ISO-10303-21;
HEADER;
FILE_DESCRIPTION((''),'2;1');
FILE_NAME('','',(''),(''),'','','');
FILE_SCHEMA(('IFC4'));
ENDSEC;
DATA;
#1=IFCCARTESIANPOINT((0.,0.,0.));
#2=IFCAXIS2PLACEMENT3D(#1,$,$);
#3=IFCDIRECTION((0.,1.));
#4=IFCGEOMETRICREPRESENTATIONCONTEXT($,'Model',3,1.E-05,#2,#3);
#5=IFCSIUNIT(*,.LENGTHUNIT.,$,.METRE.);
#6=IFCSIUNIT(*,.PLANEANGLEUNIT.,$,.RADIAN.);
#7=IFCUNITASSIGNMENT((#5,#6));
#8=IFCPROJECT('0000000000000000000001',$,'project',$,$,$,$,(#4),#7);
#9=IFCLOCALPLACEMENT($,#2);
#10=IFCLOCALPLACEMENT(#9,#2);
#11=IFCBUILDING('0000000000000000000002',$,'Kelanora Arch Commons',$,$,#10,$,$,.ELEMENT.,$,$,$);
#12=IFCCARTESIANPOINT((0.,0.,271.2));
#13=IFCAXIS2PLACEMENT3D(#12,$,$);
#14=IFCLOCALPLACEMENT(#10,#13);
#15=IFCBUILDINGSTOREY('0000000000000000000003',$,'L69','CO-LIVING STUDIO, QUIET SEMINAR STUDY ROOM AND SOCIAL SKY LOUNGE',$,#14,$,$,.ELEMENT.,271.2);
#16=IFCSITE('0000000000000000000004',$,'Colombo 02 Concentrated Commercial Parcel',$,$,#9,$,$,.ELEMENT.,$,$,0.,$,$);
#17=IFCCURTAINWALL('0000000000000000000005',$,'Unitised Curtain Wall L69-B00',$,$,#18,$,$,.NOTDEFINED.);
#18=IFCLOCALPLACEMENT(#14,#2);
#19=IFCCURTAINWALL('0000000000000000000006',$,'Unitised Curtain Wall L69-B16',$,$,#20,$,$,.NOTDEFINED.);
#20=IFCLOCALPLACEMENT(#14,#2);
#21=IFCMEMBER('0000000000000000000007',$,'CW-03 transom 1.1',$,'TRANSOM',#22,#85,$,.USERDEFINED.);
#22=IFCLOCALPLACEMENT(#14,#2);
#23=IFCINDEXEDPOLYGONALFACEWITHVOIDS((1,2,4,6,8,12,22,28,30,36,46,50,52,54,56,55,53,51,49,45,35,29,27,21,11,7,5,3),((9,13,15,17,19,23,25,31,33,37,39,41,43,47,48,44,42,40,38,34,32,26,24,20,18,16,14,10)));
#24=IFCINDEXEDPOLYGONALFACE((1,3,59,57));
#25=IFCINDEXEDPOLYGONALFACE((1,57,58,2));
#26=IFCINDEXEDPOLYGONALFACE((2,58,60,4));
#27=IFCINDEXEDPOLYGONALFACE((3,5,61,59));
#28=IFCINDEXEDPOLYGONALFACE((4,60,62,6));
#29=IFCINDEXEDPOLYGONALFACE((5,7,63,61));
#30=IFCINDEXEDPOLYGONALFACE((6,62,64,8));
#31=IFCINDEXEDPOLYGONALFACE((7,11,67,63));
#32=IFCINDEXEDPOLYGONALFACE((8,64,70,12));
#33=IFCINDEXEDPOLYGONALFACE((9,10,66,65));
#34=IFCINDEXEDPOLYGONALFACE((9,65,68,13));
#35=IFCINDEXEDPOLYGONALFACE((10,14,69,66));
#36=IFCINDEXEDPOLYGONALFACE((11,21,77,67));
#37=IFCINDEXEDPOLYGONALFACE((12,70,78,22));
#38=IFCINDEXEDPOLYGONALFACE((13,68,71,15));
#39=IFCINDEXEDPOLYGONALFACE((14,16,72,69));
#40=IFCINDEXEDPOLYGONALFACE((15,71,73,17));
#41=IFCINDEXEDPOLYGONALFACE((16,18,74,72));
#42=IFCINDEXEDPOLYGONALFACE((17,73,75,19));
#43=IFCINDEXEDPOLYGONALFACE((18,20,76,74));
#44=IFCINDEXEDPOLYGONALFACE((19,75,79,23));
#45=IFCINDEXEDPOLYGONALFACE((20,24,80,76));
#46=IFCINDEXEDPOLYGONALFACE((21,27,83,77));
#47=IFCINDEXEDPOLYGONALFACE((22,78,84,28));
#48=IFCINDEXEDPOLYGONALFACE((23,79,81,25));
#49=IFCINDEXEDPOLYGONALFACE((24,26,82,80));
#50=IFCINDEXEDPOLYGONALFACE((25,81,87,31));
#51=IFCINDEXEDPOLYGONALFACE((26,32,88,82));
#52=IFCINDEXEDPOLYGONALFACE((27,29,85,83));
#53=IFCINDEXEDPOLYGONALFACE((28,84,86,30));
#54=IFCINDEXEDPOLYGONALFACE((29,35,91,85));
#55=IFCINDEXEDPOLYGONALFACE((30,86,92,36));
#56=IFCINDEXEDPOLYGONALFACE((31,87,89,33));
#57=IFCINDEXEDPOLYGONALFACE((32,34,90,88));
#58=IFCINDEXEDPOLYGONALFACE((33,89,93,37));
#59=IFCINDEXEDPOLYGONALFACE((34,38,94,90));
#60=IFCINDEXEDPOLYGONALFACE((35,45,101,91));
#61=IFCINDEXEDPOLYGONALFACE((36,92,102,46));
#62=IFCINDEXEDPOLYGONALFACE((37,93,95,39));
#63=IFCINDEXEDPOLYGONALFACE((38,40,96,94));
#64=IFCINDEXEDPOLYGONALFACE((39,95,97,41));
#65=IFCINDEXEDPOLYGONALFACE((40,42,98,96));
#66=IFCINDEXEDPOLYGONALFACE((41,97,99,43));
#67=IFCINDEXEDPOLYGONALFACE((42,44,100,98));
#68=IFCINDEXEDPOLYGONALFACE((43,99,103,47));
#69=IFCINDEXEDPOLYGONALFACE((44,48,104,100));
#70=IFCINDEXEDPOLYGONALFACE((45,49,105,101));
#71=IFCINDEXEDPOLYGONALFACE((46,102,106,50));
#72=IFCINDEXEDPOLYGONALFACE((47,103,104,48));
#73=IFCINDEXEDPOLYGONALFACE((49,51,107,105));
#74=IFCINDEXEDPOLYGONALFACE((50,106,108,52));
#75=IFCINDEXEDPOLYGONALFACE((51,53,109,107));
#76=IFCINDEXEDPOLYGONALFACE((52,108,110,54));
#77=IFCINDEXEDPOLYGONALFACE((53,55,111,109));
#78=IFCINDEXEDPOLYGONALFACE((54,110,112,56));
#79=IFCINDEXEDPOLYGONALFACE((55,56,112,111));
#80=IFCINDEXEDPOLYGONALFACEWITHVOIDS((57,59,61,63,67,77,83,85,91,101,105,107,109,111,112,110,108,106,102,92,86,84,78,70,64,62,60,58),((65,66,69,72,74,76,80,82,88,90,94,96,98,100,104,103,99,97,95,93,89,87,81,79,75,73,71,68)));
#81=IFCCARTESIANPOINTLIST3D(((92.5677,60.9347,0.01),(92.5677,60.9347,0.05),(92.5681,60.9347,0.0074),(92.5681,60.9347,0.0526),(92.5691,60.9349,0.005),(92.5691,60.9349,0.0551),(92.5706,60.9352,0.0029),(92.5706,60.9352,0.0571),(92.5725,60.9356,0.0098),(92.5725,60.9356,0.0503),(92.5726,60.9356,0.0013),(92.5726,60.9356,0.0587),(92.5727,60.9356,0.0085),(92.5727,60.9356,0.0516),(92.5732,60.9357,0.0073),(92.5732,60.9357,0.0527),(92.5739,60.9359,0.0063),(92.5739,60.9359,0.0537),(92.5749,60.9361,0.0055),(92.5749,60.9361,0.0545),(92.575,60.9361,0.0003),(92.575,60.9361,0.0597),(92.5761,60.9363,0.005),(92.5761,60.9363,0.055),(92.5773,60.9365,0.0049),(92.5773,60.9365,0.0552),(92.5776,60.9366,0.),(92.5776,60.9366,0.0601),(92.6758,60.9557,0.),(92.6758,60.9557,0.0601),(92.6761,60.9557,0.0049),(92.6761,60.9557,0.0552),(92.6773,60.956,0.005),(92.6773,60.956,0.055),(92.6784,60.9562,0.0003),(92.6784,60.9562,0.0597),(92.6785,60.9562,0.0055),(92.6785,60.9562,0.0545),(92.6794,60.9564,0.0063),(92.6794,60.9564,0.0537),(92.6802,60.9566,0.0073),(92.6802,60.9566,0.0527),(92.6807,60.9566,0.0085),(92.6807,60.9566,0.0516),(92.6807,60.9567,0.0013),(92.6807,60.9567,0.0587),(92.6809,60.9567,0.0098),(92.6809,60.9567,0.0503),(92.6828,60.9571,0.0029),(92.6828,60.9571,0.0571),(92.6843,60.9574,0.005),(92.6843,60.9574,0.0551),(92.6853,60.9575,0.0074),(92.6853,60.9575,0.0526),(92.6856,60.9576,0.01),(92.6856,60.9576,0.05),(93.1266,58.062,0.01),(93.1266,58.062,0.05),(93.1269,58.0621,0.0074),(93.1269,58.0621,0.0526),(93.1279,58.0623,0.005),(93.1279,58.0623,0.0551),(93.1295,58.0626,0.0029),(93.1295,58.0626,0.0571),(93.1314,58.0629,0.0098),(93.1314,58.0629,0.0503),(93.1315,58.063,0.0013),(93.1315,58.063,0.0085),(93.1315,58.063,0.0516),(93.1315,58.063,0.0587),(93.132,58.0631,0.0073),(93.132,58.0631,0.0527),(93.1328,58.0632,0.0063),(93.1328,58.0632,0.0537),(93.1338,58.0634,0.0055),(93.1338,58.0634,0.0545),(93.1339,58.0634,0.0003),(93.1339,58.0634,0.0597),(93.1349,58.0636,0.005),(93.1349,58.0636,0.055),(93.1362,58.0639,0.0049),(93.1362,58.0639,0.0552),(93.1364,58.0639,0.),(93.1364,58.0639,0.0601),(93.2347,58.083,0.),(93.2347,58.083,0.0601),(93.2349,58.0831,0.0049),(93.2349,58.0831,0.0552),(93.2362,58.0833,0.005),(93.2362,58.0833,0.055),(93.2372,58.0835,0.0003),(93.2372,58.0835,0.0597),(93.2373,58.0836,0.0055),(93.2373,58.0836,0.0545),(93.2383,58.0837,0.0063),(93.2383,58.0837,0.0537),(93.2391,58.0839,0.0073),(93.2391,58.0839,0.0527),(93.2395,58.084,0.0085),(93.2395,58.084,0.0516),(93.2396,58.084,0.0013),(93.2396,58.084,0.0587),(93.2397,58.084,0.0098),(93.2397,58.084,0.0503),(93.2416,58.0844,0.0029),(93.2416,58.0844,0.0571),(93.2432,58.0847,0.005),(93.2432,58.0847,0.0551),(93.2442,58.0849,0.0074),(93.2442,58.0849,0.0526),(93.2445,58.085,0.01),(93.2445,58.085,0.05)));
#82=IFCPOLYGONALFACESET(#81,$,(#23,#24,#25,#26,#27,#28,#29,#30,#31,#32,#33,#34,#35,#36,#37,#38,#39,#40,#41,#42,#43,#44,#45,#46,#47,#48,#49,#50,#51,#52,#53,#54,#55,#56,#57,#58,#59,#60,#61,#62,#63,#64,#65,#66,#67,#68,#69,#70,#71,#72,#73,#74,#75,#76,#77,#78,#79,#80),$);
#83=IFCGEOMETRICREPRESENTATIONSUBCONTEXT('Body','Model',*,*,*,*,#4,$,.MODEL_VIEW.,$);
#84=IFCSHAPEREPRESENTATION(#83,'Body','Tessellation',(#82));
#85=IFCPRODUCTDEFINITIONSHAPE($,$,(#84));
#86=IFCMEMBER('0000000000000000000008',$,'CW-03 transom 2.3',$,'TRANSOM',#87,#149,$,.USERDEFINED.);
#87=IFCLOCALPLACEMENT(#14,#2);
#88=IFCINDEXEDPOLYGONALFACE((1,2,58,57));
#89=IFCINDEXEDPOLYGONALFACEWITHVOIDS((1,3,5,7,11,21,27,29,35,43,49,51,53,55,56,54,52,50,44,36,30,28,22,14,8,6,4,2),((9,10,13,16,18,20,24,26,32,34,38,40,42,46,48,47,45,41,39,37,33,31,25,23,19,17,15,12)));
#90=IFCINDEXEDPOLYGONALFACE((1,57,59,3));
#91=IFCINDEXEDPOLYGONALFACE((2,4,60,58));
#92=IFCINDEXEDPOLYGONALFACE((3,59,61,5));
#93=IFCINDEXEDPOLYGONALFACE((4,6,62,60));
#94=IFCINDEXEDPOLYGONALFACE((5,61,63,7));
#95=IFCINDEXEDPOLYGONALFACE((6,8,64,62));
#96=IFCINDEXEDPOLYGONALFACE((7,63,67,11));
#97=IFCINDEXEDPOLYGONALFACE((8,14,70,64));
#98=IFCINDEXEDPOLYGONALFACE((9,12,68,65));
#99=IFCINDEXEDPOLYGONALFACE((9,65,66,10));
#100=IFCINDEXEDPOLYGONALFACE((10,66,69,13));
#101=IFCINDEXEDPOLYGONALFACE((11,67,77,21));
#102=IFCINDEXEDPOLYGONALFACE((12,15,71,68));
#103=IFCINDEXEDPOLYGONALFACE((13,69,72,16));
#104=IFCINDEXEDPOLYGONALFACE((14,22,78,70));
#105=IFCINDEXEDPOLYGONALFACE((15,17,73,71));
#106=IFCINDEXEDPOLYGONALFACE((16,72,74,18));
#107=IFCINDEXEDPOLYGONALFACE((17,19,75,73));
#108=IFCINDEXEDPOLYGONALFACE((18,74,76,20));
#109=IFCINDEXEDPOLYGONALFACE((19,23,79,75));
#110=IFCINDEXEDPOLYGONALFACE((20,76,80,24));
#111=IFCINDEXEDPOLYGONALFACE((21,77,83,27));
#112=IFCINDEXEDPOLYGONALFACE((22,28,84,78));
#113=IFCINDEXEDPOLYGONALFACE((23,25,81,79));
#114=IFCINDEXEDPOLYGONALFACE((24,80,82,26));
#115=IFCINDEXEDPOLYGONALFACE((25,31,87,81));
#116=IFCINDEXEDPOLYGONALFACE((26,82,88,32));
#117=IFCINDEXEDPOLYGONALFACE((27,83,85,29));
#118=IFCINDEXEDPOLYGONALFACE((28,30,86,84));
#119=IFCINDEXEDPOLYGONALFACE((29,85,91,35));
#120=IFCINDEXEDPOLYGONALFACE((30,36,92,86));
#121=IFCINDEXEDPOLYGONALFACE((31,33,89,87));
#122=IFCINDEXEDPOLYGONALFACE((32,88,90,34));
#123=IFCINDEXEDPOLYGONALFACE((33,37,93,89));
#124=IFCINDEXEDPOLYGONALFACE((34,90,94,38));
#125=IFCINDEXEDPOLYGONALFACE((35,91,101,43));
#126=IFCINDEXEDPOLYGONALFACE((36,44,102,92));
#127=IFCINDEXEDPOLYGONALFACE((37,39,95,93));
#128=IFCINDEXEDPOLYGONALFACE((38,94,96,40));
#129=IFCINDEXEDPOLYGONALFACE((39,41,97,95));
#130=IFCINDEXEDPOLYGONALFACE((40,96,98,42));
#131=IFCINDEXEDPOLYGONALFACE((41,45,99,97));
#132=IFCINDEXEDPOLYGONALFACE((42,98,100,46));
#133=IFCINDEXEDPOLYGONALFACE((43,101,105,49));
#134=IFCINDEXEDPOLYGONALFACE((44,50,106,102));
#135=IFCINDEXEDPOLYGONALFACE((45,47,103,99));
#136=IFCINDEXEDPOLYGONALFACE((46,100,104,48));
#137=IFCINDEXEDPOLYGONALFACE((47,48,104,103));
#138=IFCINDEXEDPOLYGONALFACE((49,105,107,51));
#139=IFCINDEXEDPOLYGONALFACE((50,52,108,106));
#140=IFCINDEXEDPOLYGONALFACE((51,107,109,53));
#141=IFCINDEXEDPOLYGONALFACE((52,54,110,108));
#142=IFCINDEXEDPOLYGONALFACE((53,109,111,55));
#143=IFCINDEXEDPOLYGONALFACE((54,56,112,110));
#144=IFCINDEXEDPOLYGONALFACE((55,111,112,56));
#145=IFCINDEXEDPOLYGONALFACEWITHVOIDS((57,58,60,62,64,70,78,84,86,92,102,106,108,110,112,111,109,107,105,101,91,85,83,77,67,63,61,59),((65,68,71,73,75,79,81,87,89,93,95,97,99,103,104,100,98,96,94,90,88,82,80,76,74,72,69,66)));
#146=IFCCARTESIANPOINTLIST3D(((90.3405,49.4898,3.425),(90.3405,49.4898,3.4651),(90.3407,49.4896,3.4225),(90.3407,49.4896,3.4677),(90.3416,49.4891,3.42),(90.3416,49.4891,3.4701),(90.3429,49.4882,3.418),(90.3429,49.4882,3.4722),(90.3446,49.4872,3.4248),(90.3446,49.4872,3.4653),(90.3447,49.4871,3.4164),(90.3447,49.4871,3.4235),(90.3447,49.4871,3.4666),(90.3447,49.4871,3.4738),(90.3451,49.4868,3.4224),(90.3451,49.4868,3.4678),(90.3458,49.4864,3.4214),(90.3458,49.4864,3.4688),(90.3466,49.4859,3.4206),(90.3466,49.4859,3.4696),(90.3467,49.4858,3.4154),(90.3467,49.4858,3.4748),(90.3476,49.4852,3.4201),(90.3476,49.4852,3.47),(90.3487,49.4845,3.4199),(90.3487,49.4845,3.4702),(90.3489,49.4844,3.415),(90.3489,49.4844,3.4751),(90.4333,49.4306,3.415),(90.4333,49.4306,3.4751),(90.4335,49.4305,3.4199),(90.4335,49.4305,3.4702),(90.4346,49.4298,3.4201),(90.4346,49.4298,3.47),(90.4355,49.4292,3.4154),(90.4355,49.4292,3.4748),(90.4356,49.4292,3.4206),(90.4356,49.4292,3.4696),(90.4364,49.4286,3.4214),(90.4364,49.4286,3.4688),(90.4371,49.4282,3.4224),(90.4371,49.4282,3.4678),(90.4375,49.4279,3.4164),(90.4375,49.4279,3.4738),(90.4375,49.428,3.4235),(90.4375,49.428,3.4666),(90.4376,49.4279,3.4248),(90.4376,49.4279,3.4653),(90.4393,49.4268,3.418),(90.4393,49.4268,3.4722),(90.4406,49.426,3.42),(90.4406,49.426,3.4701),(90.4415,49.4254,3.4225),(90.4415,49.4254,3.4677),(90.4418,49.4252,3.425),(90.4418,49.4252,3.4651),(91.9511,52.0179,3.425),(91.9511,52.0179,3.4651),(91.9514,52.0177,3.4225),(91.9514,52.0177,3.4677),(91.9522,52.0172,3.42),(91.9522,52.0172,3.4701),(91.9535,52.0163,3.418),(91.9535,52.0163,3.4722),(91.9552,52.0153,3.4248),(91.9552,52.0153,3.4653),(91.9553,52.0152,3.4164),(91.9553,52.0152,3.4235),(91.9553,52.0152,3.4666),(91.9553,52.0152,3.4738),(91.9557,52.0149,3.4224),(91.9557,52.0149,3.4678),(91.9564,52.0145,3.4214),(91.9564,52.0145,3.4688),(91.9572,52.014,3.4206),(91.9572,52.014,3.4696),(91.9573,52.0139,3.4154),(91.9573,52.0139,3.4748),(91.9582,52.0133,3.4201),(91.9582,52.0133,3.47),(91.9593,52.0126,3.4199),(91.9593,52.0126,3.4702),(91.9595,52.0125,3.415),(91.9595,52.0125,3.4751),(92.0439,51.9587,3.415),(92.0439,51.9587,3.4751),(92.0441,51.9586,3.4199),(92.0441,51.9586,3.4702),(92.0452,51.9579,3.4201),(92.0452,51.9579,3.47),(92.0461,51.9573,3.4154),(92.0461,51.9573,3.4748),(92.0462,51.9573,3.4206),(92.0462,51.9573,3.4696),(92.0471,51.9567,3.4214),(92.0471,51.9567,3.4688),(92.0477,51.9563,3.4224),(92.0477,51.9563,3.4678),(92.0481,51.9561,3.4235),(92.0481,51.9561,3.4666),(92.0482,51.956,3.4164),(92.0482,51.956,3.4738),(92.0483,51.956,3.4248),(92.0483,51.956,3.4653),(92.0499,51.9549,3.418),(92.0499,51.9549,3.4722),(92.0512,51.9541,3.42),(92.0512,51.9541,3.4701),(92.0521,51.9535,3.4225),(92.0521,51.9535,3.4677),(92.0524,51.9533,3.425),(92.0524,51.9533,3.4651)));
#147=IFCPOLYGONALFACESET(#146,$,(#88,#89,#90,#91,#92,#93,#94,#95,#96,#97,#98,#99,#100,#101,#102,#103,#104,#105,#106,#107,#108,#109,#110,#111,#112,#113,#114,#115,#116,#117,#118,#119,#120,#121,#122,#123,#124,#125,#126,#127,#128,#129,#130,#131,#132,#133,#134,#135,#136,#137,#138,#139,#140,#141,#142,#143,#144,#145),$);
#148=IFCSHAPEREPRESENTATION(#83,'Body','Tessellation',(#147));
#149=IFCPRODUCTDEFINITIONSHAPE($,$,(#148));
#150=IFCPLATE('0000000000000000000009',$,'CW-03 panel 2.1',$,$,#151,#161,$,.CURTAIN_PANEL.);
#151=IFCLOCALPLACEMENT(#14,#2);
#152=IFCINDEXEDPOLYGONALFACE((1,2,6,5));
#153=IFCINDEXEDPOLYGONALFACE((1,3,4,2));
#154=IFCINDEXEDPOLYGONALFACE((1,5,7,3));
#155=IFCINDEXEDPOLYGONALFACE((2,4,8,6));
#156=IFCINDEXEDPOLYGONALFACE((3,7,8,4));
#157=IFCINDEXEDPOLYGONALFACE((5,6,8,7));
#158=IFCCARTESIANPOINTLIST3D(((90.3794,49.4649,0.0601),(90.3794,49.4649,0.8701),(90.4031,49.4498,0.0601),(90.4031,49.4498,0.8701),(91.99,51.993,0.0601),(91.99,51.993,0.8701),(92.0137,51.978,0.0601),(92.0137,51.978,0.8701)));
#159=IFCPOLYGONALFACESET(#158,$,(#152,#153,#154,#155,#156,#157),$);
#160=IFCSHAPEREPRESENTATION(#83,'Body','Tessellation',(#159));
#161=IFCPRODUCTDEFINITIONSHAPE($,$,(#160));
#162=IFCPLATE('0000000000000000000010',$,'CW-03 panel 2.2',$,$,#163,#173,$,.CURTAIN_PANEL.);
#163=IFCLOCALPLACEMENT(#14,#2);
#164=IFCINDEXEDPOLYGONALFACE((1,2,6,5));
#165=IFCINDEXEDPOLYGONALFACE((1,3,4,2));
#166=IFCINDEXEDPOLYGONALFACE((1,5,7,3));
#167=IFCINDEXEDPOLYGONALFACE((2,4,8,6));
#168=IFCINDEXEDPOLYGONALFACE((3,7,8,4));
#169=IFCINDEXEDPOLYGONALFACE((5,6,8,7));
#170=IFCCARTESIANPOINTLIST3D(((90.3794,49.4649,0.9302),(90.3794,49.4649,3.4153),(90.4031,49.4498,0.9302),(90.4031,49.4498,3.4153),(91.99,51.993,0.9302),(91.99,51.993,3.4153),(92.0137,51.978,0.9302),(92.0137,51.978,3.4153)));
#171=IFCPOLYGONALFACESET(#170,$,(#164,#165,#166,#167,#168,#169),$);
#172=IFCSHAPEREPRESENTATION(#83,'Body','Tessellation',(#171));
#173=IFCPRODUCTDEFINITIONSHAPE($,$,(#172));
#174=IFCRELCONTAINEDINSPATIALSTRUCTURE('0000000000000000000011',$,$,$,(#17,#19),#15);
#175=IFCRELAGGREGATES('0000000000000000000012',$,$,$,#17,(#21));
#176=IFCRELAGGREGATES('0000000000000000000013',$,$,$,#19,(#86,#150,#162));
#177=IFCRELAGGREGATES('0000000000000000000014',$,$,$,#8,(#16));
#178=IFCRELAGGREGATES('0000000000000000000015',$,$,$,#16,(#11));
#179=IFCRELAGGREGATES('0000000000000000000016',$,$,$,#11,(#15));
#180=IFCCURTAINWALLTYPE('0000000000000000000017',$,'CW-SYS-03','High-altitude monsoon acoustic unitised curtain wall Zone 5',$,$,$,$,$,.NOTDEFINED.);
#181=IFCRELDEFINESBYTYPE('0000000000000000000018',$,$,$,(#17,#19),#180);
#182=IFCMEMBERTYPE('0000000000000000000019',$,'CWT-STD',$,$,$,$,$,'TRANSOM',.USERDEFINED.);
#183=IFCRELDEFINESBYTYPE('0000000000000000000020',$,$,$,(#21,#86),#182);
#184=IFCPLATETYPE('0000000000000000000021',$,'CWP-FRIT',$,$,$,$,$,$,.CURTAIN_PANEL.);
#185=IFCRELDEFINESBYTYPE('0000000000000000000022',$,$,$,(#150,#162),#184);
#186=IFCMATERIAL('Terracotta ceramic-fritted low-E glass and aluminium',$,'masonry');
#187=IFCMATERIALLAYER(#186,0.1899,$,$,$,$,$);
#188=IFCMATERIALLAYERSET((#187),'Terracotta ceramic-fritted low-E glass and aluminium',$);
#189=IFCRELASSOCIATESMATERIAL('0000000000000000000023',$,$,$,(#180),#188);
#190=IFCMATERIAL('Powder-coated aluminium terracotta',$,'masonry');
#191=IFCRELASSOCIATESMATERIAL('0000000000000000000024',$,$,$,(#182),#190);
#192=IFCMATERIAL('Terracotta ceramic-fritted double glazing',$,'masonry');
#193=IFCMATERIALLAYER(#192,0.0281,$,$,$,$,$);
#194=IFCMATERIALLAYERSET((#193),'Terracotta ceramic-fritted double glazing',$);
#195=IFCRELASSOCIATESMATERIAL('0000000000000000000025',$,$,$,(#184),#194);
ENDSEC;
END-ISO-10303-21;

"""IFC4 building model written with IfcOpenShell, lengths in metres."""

from ifc_helpers import new_model, si_unit, direction, frame, origin, origin_2d, place, context, subcontext, project, spatial, rectangle, hollow_rectangle, extrude, source, transform, mapped, material, layer, layer_set, material_profile, profile_set, type_object, element, aggregate, save


model = new_model("IFC4")

# Units and contexts
model_context = context("Model", 3, precision=1e-05, world=origin(), true_north=direction((0.0, 1.0)))
body_context = subcontext(model_context, "Body", "Model", "MODEL_VIEW")
ifc_project = project(units=[si_unit("LENGTHUNIT", "METRE"), si_unit("PLANEANGLEUNIT", "RADIAN")], contexts=[model_context])

# Site, building, storey
site_placement = place(None, origin())
site = spatial("IfcSite", under=ifc_project, at=site_placement, Name="Colombo 02 Concentrated Commercial Parcel", CompositionType="ELEMENT", RefElevation=0.0)
building_placement = place(site_placement, origin())
building = spatial("IfcBuilding", under=site, at=building_placement, Name="Kelanora Arch Commons", CompositionType="ELEMENT")
storey_placement = place(building_placement, frame((0.0, 0.0, 271.2)))
storey = spatial("IfcBuildingStorey", under=building, at=storey_placement, Name="L69", Description="CO-LIVING STUDIO, QUIET SEMINAR STUDY ROOM AND SOCIAL SKY LOUNGE", CompositionType="ELEMENT", Elevation=271.2)

# Curtain walls
ifc_material_1 = material(Name="Terracotta ceramic-fritted low-E glass and aluminium", Category="masonry")
ifc_layer_1 = layer(ifc_material_1, 0.1899)
ifc_layer_set_1 = layer_set([ifc_layer_1], Name="Terracotta ceramic-fritted low-E glass and aluminium")
curtain_wall_type = type_object("IfcCurtainWallType", Name="CW-SYS-03", Description="High-altitude monsoon acoustic unitised curtain wall Zone 5", PredefinedType="NOTDEFINED", material=ifc_layer_set_1)
curtain_wall_1_placement = place(storey_placement, origin())
curtain_wall_1 = element("IfcCurtainWall", 1, at=curtain_wall_1_placement, inside=storey, type_object=curtain_wall_type, Name="Unitised Curtain Wall L69-B00", PredefinedType="NOTDEFINED")
ifc_material_2 = material(Name="Powder-coated aluminium terracotta", Category="masonry")
curtain_wall_2_placement = place(storey_placement, origin())
curtain_wall_2 = element("IfcCurtainWall", 2, at=curtain_wall_2_placement, inside=storey, type_object=curtain_wall_type, Name="Unitised Curtain Wall L69-B16", PredefinedType="NOTDEFINED")

# Members
ifc_material_profile_1 = material_profile(ifc_material_2, hollow_rectangle(XDim=0.1201, YDim=0.0601, WallThickness=0.0049, InnerFilletRadius=0.0049, OuterFilletRadius=0.01, at=origin_2d()), Name="CWT120x60")
ifc_profile_set_1 = profile_set([ifc_material_profile_1], Name="Powder-coated aluminium terracotta")
member_type_1 = type_object("IfcMemberType", Name="CWT-STD", ElementType="TRANSOM", PredefinedType="USERDEFINED", material=ifc_profile_set_1)
member_1_placement = place(storey_placement, frame((93.1855, 58.0735, 0.03), z_axis=(-0.190963, 0.981597, 0.0), x_axis=(-0.981597, -0.190963, 0.0)))
member_1 = element("IfcMember", 3, at=member_1_placement, type_object=member_type_1, Name="CW-03 transom 1.1", ObjectType="TRANSOM", PredefinedType="USERDEFINED", context=body_context, shape_type="SweptSolid", body=[
    extrude(hollow_rectangle(XDim=0.1201, YDim=0.0601, WallThickness=0.0049, InnerFilletRadius=0.0049, OuterFilletRadius=0.01, at=origin_2d()), origin(), (0.0, 0.0, 1.0), 2.9265),
])
aggregate(curtain_wall_1, [member_1])
member_2_placement = place(storey_placement, frame((90.3911, 49.4575, 3.4451), z_axis=(0.537308, 0.843386, 0.0), x_axis=(-0.843386, 0.537308, 0.0)))
member_2 = element("IfcMember", 4, at=member_2_placement, type_object=member_type_1, Name="CW-03 transom 2.3", ObjectType="TRANSOM", PredefinedType="USERDEFINED", context=body_context, shape_type="SweptSolid", body=[
    extrude(hollow_rectangle(XDim=0.1201, YDim=0.0601, WallThickness=0.0049, InnerFilletRadius=0.0049, OuterFilletRadius=0.01, at=origin_2d()), origin(), (0.0, 0.0, 1.0), 2.9976),
])

# Plates
ifc_material_3 = material(Name="Terracotta ceramic-fritted double glazing", Category="masonry")
ifc_layer_2 = layer(ifc_material_3, 0.0281)
ifc_layer_set_2 = layer_set([ifc_layer_2], Name="Terracotta ceramic-fritted double glazing")
plate_type = type_object("IfcPlateType", Name="CWP-FRIT", PredefinedType="CURTAIN_PANEL", material=ifc_layer_set_2)
shared_shape_1 = source(origin(), body_context, "Body", "SweptSolid", [
    extrude(rectangle(XDim=2.9976, YDim=0.0281, at=origin_2d()), origin(), (0.0, 0.0, 1.0), 0.8101),
])
plate_1_placement = place(storey_placement, frame((91.1965, 50.7214, 0.0601), z_axis=(0.0, 0.0, 1.0), x_axis=(0.5373, 0.843391, 0.0)))
plate_1 = element("IfcPlate", 5, at=plate_1_placement, type_object=plate_type, Name="CW-03 panel 2.1", PredefinedType="CURTAIN_PANEL", context=body_context, shape_type="MappedRepresentation", body=[
    mapped(shared_shape_1, transform((0.0, 0.0, 0.0), scale=1.0)),
])
shared_shape_2 = source(origin(), body_context, "Body", "SweptSolid", [
    extrude(rectangle(XDim=2.9976, YDim=0.0281, at=origin_2d()), origin(), (0.0, 0.0, 1.0), 2.4851),
])
plate_2_placement = place(storey_placement, frame((91.1965, 50.7214, 0.9302), z_axis=(0.0, 0.0, 1.0), x_axis=(0.5373, 0.843391, 0.0)))
plate_2 = element("IfcPlate", 6, at=plate_2_placement, type_object=plate_type, Name="CW-03 panel 2.2", PredefinedType="CURTAIN_PANEL", context=body_context, shape_type="MappedRepresentation", body=[
    mapped(shared_shape_2, transform((0.0, 0.0, 0.0), scale=1.0)),
])
aggregate(curtain_wall_2, [member_2, plate_1, plate_2])

save(model, "model.ifc")
